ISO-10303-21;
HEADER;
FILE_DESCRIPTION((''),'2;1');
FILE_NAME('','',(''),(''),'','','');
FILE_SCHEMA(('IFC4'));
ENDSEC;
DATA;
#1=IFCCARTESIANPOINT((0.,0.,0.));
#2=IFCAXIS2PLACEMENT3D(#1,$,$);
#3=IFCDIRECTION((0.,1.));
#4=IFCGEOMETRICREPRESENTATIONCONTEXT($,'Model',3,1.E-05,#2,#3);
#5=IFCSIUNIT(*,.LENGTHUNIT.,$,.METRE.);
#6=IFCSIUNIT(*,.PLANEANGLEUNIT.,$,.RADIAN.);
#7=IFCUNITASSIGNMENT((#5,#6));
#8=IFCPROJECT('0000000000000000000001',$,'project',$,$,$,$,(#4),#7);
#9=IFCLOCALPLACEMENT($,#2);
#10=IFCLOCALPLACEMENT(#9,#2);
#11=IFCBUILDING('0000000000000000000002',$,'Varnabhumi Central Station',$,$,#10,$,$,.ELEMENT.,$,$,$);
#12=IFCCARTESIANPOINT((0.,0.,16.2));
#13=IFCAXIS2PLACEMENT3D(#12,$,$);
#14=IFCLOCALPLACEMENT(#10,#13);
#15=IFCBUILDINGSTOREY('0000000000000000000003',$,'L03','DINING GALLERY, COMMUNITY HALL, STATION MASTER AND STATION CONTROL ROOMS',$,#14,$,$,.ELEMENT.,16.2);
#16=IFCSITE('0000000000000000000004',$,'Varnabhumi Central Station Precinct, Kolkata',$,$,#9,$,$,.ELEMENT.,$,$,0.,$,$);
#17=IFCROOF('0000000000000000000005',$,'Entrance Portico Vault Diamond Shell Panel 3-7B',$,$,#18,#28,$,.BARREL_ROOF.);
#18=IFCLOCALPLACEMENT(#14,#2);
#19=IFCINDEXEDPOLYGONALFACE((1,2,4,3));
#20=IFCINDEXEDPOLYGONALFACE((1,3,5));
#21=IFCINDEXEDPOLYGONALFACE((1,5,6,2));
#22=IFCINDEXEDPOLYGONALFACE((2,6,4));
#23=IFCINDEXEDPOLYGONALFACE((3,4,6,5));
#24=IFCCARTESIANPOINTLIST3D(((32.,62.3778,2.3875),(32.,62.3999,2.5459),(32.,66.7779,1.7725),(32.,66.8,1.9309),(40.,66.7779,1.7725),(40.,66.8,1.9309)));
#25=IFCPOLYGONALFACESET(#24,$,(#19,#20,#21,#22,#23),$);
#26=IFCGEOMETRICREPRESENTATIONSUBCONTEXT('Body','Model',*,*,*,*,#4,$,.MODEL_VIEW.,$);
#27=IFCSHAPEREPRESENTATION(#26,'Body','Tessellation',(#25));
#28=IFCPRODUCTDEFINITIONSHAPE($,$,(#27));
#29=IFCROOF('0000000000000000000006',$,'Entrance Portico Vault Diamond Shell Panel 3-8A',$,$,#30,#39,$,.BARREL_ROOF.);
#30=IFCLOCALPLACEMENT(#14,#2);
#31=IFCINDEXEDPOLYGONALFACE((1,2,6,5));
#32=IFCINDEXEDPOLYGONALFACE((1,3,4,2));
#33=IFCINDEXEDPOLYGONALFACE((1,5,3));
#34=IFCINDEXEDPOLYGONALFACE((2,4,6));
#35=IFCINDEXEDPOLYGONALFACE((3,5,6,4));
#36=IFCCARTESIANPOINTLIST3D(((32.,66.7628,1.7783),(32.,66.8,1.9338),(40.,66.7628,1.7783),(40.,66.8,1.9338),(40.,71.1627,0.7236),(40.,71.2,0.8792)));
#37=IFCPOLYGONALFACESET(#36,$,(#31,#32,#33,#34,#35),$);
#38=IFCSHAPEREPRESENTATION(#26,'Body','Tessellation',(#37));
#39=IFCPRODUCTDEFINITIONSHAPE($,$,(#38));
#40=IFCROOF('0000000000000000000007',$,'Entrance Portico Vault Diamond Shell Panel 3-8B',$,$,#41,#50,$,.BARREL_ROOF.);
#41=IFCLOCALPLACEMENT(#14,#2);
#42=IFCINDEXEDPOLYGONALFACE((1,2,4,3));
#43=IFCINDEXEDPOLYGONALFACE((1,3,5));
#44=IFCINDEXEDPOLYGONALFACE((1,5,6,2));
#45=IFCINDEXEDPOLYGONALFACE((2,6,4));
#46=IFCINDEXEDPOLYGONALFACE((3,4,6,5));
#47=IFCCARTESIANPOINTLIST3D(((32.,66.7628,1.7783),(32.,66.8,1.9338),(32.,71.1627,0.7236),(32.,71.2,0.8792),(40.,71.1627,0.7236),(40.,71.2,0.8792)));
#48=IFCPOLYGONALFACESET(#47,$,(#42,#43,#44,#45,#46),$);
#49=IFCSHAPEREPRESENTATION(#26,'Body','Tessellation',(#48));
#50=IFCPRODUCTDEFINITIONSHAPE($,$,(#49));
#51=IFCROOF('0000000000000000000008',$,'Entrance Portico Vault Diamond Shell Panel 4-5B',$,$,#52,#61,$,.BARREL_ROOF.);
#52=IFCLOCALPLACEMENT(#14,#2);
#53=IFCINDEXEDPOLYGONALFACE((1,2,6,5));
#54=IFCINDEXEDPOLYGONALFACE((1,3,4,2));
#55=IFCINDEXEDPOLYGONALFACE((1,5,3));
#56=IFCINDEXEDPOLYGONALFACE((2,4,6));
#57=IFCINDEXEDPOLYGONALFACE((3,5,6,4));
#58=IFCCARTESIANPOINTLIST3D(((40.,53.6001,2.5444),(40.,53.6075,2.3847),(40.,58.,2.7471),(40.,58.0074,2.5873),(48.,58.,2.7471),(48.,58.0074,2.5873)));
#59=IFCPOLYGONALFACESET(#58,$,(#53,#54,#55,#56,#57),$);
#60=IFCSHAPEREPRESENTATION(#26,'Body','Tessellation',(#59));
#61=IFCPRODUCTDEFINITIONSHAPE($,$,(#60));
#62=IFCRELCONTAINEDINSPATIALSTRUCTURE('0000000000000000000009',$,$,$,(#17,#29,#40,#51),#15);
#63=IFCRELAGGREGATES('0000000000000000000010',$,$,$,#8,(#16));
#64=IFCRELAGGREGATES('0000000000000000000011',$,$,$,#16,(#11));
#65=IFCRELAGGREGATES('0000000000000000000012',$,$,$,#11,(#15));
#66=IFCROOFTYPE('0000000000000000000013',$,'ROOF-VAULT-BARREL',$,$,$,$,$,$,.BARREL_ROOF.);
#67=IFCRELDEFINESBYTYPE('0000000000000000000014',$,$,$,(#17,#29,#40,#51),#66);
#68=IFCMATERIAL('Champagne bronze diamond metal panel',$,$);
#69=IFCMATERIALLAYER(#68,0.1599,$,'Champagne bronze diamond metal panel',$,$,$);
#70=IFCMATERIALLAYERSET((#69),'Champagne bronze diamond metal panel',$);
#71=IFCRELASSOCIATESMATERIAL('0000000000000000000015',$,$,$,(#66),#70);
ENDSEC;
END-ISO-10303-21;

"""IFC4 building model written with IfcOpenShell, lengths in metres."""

from ifc_helpers import new_model, si_unit, direction, frame, origin, place, context, subcontext, project, spatial, polyline, outline, extrude, material, layer, layer_set, type_object, element, save


model = new_model("IFC4")

# Units and contexts
model_context = context("Model", 3, precision=1e-05, world=origin(), true_north=direction((0.0, 1.0)))
body_context = subcontext(model_context, "Body", "Model", "MODEL_VIEW")
ifc_project = project(units=[si_unit("LENGTHUNIT", "METRE"), si_unit("PLANEANGLEUNIT", "RADIAN")], contexts=[model_context])

# Site, building, storey
site_placement = place(None, origin())
site = spatial("IfcSite", under=ifc_project, at=site_placement, Name="Varnabhumi Central Station Precinct, Kolkata", CompositionType="ELEMENT", RefElevation=0.0)
building_placement = place(site_placement, origin())
building = spatial("IfcBuilding", under=site, at=building_placement, Name="Varnabhumi Central Station", CompositionType="ELEMENT")
storey_placement = place(building_placement, frame((0.0, 0.0, 16.2)))
storey = spatial("IfcBuildingStorey", under=building, at=storey_placement, Name="L03", Description="DINING GALLERY, COMMUNITY HALL, STATION MASTER AND STATION CONTROL ROOMS", CompositionType="ELEMENT", Elevation=16.2)

# Roofs
ifc_material_1 = material(Name="Champagne bronze diamond metal panel")
ifc_layer_1 = layer(ifc_material_1, 0.1599, Name="Champagne bronze diamond metal panel")
ifc_layer_set_1 = layer_set([ifc_layer_1], Name="Champagne bronze diamond metal panel")
roof_type = type_object("IfcRoofType", Name="ROOF-VAULT-BARREL", PredefinedType="BARREL_ROOF", material=ifc_layer_set_1)
roof_1_placement = place(storey_placement, frame((32.0, 62.3999, 2.5459), z_axis=(0.0, 0.13842, 0.990374), x_axis=(0.874228, 0.480842, -0.067205)))
element("IfcRoof", 1, at=roof_1_placement, inside=storey, type_object=roof_type, Name="Entrance Portico Vault Diamond Shell Panel 3-7B", PredefinedType="BARREL_ROOF", context=body_context, shape_type="SweptSolid", body=[
    extrude(outline(polyline([(0.0, 0.0), (9.1509, 0.0), (2.1571, 3.8841), (0.0, 0.0)])), origin(), (0.0, 0.0, -1.0), 0.1599),
])
roof_2_placement = place(storey_placement, frame((32.0, 66.8, 1.9338), z_axis=(0.0, 0.233104, 0.972452), x_axis=(1.0, 0.0, 0.0)))
element("IfcRoof", 2, at=roof_2_placement, inside=storey, type_object=roof_type, Name="Entrance Portico Vault Diamond Shell Panel 3-8A", PredefinedType="BARREL_ROOF", context=body_context, shape_type="SweptSolid", body=[
    extrude(outline(polyline([(0.0, 0.0), (8.0, 0.0), (8.0, 4.5245), (0.0, 0.0)])), origin(), (0.0, 0.0, -1.0), 0.1599),
])
roof_3_placement = place(storey_placement, frame((32.0, 66.8, 1.9338), z_axis=(0.0, 0.233104, 0.972452), x_axis=(0.870432, 0.478727, -0.114754)))
element("IfcRoof", 3, at=roof_3_placement, inside=storey, type_object=roof_type, Name="Entrance Portico Vault Diamond Shell Panel 3-8B", PredefinedType="BARREL_ROOF", context=body_context, shape_type="SweptSolid", body=[
    extrude(outline(polyline([(0.0, 0.0), (9.1908, 0.0), (2.2274, 3.9383), (0.0, 0.0)])), origin(), (0.0, 0.0, -1.0), 0.1599),
])
roof_4_placement = place(storey_placement, frame((40.0, 53.6001, 2.5444), z_axis=(0.0, -0.046006, 0.998941), x_axis=(0.876005, 0.481792, 0.022189)))
element("IfcRoof", 4, at=roof_4_placement, inside=storey, type_object=roof_type, Name="Entrance Portico Vault Diamond Shell Panel 4-5B", PredefinedType="BARREL_ROOF", context=body_context, shape_type="SweptSolid", body=[
    extrude(outline(polyline([(0.0, 0.0), (9.1324, 0.0), (2.1243, 3.8584), (0.0, 0.0)])), origin(), (0.0, 0.0, -1.0), 0.1599),
])

save(model, "model.ifc")
